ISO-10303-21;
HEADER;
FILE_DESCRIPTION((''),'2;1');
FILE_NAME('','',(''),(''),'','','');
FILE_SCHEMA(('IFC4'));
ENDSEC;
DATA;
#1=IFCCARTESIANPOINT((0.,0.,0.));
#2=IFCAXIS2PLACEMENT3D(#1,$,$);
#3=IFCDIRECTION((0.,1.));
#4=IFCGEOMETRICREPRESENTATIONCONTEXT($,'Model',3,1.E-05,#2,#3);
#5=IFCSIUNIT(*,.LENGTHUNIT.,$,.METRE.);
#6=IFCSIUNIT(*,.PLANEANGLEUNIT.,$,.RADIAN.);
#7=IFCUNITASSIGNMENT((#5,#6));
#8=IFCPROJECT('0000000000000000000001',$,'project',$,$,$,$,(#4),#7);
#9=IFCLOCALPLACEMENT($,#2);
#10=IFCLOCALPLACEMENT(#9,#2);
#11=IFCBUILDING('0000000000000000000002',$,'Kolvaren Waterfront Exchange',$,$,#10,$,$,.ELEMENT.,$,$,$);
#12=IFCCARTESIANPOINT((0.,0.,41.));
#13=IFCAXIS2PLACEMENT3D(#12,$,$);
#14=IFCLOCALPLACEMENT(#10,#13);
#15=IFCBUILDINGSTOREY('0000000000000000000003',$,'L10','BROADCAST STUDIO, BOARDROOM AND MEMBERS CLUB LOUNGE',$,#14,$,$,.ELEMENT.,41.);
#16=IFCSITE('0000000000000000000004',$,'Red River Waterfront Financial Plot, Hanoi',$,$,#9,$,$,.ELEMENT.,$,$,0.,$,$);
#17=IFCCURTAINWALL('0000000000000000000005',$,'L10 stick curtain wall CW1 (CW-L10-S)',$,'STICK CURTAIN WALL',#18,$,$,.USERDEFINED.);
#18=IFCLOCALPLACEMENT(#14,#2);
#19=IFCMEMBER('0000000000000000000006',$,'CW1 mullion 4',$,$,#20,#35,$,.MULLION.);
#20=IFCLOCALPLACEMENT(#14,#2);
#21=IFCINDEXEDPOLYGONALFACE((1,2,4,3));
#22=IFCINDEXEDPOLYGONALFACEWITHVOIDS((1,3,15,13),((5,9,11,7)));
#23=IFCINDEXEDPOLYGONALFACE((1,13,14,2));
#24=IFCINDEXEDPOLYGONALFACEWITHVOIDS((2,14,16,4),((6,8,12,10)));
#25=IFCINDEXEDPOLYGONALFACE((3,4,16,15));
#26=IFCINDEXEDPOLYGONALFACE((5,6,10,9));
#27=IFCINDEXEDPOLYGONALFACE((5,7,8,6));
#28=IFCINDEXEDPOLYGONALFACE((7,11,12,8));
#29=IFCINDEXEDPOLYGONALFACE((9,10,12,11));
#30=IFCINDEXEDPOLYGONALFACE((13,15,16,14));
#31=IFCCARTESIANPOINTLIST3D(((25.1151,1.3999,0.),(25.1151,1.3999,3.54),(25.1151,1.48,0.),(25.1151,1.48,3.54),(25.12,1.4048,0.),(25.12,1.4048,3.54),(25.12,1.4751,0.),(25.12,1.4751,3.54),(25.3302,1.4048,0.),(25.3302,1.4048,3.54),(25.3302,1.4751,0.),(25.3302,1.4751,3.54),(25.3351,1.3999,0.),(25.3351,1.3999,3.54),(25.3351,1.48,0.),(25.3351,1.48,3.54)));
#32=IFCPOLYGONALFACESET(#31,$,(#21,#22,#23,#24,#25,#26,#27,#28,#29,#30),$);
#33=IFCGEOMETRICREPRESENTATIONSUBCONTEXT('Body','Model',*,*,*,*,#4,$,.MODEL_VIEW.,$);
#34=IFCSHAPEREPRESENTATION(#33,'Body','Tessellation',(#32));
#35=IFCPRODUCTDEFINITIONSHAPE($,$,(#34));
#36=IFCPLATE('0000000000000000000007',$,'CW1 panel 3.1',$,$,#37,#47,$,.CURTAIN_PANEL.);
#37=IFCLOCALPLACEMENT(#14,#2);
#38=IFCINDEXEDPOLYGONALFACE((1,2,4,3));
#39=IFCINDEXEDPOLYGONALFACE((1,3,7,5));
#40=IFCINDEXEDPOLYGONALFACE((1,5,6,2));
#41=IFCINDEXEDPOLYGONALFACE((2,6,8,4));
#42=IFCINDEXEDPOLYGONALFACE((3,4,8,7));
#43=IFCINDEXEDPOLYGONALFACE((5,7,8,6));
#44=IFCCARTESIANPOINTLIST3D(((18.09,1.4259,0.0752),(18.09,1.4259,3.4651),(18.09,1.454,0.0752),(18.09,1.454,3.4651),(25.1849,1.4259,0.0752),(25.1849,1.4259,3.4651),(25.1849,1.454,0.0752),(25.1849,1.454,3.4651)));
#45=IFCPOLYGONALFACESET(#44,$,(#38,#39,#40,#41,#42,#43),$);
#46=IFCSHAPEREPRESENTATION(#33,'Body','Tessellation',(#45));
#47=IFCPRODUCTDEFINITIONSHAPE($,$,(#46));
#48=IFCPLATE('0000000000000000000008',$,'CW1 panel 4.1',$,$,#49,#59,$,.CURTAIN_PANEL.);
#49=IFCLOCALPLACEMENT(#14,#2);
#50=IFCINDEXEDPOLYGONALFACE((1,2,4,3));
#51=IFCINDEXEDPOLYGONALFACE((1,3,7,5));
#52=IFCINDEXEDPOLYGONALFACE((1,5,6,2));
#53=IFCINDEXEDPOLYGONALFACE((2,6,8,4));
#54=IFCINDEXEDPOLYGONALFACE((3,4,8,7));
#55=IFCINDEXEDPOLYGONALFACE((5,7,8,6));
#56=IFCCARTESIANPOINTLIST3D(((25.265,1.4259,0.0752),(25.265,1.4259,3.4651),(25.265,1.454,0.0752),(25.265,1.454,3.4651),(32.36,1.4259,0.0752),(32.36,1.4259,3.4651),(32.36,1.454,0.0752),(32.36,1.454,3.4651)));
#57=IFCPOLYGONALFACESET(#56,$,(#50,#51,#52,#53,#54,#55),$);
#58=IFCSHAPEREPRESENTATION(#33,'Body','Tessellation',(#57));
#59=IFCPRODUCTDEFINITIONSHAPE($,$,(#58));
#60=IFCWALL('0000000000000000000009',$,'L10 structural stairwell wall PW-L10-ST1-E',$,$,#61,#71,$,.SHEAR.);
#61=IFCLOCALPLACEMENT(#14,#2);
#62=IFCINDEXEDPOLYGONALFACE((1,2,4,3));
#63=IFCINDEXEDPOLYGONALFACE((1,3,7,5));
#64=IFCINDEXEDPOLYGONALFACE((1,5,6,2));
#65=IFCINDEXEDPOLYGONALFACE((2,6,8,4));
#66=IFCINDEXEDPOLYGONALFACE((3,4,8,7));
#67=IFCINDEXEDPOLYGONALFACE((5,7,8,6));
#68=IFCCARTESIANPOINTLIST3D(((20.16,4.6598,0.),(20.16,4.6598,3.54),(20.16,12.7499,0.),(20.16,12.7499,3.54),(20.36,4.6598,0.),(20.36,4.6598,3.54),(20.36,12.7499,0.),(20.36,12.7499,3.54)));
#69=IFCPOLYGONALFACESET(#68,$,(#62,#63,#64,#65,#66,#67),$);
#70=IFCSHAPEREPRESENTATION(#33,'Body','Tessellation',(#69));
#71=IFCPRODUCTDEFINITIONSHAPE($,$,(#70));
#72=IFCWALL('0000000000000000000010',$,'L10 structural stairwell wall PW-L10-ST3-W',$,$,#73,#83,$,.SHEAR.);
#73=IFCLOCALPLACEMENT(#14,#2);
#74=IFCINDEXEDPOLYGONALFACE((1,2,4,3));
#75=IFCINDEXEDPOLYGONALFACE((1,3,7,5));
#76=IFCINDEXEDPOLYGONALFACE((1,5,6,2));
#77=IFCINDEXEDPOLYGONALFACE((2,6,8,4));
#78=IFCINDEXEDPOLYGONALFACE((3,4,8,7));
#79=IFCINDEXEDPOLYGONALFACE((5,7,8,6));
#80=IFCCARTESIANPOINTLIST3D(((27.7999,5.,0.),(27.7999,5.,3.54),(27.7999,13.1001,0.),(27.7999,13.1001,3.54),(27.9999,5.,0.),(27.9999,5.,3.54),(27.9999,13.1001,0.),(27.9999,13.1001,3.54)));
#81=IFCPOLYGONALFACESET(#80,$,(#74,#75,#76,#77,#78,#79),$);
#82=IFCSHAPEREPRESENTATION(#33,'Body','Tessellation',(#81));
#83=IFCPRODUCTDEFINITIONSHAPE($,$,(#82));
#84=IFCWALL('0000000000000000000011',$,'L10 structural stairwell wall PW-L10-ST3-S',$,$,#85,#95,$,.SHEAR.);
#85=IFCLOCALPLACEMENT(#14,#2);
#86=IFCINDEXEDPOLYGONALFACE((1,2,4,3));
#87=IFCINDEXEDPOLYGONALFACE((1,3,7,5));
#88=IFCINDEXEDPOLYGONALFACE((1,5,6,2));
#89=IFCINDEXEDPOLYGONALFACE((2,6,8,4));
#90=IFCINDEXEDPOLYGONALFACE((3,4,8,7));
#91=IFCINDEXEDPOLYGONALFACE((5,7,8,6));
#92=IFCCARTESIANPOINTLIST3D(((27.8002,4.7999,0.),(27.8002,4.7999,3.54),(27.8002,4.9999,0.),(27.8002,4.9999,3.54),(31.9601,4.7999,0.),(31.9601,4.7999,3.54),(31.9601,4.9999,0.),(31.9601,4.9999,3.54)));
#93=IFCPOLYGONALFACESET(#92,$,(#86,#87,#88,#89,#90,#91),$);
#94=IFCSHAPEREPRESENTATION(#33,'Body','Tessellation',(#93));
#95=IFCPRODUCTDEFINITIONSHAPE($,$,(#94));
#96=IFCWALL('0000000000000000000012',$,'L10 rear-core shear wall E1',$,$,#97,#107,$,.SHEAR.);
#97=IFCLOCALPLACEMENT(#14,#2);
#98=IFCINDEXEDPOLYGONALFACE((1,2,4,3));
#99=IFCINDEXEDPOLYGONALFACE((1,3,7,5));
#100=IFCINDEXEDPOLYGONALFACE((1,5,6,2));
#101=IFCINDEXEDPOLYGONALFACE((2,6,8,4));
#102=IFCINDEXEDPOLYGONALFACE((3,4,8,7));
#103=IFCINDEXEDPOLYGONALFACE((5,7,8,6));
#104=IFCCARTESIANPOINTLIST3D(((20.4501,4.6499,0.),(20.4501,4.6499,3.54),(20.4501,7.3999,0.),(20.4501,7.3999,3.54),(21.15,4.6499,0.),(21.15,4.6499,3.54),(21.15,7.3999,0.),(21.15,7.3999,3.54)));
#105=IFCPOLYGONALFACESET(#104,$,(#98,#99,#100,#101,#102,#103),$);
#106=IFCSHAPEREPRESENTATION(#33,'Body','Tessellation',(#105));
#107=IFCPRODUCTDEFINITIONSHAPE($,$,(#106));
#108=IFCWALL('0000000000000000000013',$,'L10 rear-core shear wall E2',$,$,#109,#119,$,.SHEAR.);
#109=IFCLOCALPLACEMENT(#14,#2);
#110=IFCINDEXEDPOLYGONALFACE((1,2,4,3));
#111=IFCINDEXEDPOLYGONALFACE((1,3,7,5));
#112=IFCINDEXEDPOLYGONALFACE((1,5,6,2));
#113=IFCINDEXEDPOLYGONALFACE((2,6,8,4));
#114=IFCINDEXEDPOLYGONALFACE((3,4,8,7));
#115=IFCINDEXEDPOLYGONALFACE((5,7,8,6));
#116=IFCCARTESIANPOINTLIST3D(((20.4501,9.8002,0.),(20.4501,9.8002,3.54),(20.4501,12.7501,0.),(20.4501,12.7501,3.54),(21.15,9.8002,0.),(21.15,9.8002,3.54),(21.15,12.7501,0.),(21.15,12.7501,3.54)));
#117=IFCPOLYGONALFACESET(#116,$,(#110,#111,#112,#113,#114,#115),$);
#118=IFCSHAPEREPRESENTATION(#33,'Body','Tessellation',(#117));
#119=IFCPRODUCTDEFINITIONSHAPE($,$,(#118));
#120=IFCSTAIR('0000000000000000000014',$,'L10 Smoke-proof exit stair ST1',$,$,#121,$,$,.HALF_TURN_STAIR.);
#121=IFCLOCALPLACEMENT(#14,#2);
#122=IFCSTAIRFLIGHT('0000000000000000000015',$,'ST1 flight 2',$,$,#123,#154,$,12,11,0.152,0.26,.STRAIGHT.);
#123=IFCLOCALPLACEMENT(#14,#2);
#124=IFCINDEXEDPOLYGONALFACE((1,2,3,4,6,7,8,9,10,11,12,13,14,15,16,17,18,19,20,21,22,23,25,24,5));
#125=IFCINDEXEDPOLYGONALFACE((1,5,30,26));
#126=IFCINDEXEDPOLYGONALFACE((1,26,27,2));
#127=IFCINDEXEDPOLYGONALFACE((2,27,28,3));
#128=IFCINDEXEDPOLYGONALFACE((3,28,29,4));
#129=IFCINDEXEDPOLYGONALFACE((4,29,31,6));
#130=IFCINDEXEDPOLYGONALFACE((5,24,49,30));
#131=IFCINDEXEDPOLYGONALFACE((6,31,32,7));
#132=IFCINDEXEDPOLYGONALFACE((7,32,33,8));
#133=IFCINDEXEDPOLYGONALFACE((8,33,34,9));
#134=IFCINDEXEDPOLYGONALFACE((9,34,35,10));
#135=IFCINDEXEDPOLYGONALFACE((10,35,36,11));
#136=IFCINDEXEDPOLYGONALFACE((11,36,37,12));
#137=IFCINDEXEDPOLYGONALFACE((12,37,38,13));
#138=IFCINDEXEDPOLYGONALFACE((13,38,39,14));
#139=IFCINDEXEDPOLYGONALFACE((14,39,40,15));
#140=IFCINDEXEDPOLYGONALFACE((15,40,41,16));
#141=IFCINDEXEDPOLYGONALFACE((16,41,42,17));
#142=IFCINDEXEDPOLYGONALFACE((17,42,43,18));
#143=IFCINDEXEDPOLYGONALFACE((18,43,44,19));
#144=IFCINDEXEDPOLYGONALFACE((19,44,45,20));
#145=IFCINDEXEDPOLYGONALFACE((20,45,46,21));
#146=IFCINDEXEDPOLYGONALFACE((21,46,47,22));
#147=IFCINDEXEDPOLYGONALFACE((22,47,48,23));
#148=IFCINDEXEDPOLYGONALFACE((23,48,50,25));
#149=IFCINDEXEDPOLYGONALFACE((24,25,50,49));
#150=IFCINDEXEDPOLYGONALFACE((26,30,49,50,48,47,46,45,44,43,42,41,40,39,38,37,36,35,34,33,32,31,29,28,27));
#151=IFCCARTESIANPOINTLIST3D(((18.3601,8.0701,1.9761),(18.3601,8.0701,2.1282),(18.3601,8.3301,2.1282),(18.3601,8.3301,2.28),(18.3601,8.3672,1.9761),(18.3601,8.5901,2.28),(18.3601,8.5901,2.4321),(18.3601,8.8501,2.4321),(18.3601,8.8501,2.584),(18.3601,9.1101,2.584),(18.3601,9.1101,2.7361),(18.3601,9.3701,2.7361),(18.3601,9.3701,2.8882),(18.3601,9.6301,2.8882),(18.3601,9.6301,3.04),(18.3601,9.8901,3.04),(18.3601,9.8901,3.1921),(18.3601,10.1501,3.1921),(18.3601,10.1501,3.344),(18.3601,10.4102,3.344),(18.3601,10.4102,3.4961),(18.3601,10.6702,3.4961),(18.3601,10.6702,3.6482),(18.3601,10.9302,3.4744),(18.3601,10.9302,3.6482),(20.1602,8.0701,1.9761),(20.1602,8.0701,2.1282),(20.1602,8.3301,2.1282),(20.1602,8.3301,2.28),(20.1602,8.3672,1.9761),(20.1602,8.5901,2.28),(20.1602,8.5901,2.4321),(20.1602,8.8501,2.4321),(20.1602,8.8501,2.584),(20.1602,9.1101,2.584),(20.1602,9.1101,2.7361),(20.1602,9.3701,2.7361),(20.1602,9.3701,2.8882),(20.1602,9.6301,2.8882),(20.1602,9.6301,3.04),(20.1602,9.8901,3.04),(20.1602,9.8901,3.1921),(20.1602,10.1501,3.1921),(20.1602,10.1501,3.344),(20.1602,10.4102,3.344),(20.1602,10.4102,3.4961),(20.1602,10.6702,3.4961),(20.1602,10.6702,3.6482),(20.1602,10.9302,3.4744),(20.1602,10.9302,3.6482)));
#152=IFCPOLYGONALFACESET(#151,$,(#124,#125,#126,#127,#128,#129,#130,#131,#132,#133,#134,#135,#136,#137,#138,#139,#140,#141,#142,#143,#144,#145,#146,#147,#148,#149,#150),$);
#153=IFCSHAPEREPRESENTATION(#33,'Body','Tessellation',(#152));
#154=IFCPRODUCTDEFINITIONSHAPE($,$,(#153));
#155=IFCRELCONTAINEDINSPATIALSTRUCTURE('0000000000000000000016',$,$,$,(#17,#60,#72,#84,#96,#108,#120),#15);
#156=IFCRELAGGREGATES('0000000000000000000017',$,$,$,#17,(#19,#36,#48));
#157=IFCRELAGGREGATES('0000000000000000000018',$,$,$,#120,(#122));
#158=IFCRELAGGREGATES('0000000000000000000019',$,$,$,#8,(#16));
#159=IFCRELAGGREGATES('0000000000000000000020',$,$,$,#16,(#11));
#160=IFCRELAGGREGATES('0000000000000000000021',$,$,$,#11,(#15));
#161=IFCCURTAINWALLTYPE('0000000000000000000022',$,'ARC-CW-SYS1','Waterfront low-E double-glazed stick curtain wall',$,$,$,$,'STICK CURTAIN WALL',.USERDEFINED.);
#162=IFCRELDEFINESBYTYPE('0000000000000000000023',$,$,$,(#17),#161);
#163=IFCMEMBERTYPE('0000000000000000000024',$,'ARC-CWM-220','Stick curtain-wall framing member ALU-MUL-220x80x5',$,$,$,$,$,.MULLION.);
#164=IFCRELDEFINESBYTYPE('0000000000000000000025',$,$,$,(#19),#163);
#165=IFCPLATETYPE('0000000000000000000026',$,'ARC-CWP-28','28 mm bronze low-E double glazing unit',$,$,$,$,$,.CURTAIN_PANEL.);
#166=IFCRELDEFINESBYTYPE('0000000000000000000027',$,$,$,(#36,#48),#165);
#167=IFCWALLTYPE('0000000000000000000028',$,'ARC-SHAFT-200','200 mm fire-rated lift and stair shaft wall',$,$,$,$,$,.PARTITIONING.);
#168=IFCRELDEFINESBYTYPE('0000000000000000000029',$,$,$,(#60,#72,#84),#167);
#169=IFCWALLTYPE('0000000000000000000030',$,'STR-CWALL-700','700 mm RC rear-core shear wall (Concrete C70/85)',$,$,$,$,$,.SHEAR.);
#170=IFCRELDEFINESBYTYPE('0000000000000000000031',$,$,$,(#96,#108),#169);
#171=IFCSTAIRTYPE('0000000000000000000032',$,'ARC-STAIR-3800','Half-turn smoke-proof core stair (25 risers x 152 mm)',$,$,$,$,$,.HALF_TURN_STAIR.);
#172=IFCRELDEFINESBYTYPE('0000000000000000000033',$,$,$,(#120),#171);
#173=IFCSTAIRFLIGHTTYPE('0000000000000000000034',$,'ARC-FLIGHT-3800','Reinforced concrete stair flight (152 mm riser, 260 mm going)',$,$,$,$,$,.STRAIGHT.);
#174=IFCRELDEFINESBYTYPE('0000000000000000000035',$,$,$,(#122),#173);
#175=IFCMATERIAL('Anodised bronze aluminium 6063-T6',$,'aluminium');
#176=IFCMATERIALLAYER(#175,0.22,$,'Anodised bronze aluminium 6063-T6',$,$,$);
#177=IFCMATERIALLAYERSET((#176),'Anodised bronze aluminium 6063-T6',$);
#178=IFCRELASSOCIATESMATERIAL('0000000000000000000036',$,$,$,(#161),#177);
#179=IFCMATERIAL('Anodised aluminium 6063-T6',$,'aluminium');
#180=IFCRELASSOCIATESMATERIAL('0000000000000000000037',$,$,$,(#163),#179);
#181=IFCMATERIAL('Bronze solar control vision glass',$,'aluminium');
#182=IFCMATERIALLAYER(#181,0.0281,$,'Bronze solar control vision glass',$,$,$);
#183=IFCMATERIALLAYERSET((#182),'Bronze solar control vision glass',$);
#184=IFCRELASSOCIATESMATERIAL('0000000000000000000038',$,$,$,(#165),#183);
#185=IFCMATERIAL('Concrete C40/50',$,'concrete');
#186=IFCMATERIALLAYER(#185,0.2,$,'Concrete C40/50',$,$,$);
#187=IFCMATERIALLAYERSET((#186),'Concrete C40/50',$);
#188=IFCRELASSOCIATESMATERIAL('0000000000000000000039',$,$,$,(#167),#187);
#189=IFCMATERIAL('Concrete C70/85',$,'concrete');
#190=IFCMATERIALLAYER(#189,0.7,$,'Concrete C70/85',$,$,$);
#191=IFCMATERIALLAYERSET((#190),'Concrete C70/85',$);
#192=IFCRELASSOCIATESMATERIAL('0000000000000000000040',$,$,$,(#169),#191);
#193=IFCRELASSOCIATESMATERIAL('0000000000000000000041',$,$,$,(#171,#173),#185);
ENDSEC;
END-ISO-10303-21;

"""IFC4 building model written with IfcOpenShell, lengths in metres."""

from ifc_helpers import new_model, si_unit, direction, frame, frame_2d, origin, origin_with_axes, origin_2d, place, context, subcontext, project, spatial, polyline, rectangle, hollow_rectangle, outline, extrude, source, transform, mapped, material, layer, layer_set, material_profile, profile_set, type_object, element, aggregate, save


model = new_model("IFC4")

# Units and contexts
model_context = context("Model", 3, precision=1e-05, world=origin(), true_north=direction((0.0, 1.0)))
body_context = subcontext(model_context, "Body", "Model", "MODEL_VIEW")
ifc_project = project(units=[si_unit("LENGTHUNIT", "METRE"), si_unit("PLANEANGLEUNIT", "RADIAN")], contexts=[model_context])

# Site, building, storey
site_placement = place(None, origin())
site = spatial("IfcSite", under=ifc_project, at=site_placement, Name="Red River Waterfront Financial Plot, Hanoi", CompositionType="ELEMENT", RefElevation=0.0)
building_placement = place(site_placement, origin())
building = spatial("IfcBuilding", under=site, at=building_placement, Name="Kolvaren Waterfront Exchange", CompositionType="ELEMENT")
storey_placement = place(building_placement, frame((0.0, 0.0, 41.0)))
storey = spatial("IfcBuildingStorey", under=building, at=storey_placement, Name="L10", Description="BROADCAST STUDIO, BOARDROOM AND MEMBERS CLUB LOUNGE", CompositionType="ELEMENT", Elevation=41.0)

# Shared definitions
ifc_material_1 = material(Name="Concrete C70/85", Category="concrete")

# Curtain wall, member, plates
ifc_material_2 = material(Name="Anodised bronze aluminium 6063-T6", Category="aluminium")
ifc_layer_1 = layer(ifc_material_2, 0.22, Name="Anodised bronze aluminium 6063-T6")
ifc_layer_set_1 = layer_set([ifc_layer_1], Name="Anodised bronze aluminium 6063-T6")
curtain_wall_type = type_object("IfcCurtainWallType", Name="ARC-CW-SYS1", Description="Waterfront low-E double-glazed stick curtain wall", ElementType="STICK CURTAIN WALL", PredefinedType="USERDEFINED", material=ifc_layer_set_1)
curtain_wall_placement = place(storey_placement, origin())
curtain_wall = element("IfcCurtainWall", 1, at=curtain_wall_placement, inside=storey, type_object=curtain_wall_type, Name="L10 stick curtain wall CW1 (CW-L10-S)", ObjectType="STICK CURTAIN WALL", PredefinedType="USERDEFINED")
ifc_material_3 = material(Name="Anodised aluminium 6063-T6", Category="aluminium")
ifc_material_profile_1 = material_profile(ifc_material_3, hollow_rectangle(XDim=0.0801, YDim=0.22, WallThickness=0.0049, at=origin_2d()), Name="ALU-MUL-220x80x5")
ifc_profile_set_1 = profile_set([ifc_material_profile_1], Name="Anodised aluminium 6063-T6")
member_type_1 = type_object("IfcMemberType", Name="ARC-CWM-220", Description="Stick curtain-wall framing member ALU-MUL-220x80x5", PredefinedType="MULLION", material=ifc_profile_set_1)
shared_shape_1 = source(origin_with_axes(), body_context, "Body", "SweptSolid", [
    extrude(hollow_rectangle(XDim=0.0801, YDim=0.22, WallThickness=0.0049, at=origin_2d()), origin(), (0.0, 0.0, 1.0), 3.54),
])
member_1_placement = place(storey_placement, frame((25.2251, 1.4399, 0.0), z_axis=(0.0, 0.0, 1.0), x_axis=(0.0, 1.0, 0.0)))
member_1 = element("IfcMember", 2, at=member_1_placement, type_object=member_type_1, Name="CW1 mullion 4", PredefinedType="MULLION", context=body_context, shape_type="MappedRepresentation", body=[
    mapped(shared_shape_1, transform((0.0, 0.0, 0.0), x_axis=(1.0, 0.0, 0.0), y_axis=(0.0, 1.0, 0.0), z_axis=(0.0, 0.0, 1.0), scale=1.0)),
])
ifc_material_4 = material(Name="Bronze solar control vision glass", Category="aluminium")
ifc_layer_2 = layer(ifc_material_4, 0.0281, Name="Bronze solar control vision glass")
ifc_layer_set_2 = layer_set([ifc_layer_2], Name="Bronze solar control vision glass")
plate_type = type_object("IfcPlateType", Name="ARC-CWP-28", Description="28 mm bronze low-E double glazing unit", PredefinedType="CURTAIN_PANEL", material=ifc_layer_set_2)
shared_shape_2 = source(origin_with_axes(), body_context, "Body", "SweptSolid", [
    extrude(rectangle(XDim=7.095, YDim=0.0281, at=origin_2d()), origin(), (0.0, 0.0, 1.0), 3.3899),
])
plate_1_placement = place(storey_placement, frame((21.6375, 1.4399, 0.0752), z_axis=(0.0, 0.0, 1.0), x_axis=(1.0, 0.0, 0.0)))
plate_1 = element("IfcPlate", 3, at=plate_1_placement, type_object=plate_type, Name="CW1 panel 3.1", PredefinedType="CURTAIN_PANEL", context=body_context, shape_type="MappedRepresentation", body=[
    mapped(shared_shape_2, transform((0.0, 0.0, 0.0), x_axis=(1.0, 0.0, 0.0), y_axis=(0.0, 1.0, 0.0), z_axis=(0.0, 0.0, 1.0), scale=1.0)),
])
plate_2_placement = place(storey_placement, frame((28.8125, 1.4399, 0.0752), z_axis=(0.0, 0.0, 1.0), x_axis=(1.0, 0.0, 0.0)))
plate_2 = element("IfcPlate", 4, at=plate_2_placement, type_object=plate_type, Name="CW1 panel 4.1", PredefinedType="CURTAIN_PANEL", context=body_context, shape_type="MappedRepresentation", body=[
    mapped(shared_shape_2, transform((0.0, 0.0, 0.0), x_axis=(1.0, 0.0, 0.0), y_axis=(0.0, 1.0, 0.0), z_axis=(0.0, 0.0, 1.0), scale=1.0)),
])
aggregate(curtain_wall, [member_1, plate_1, plate_2])

# Walls
ifc_material_5 = material(Name="Concrete C40/50", Category="concrete")
ifc_layer_3 = layer(ifc_material_5, 0.2, Name="Concrete C40/50")
ifc_layer_set_3 = layer_set([ifc_layer_3], Name="Concrete C40/50")
wall_type_1 = type_object("IfcWallType", Name="ARC-SHAFT-200", Description="200 mm fire-rated lift and stair shaft wall", PredefinedType="PARTITIONING", material=ifc_layer_set_3)
wall_1_placement = place(storey_placement, frame((20.26, 4.6599, 0.0), z_axis=(0.0, 0.0, 1.0), x_axis=(0.0, 1.0, 0.0)))
element("IfcWall", 5, at=wall_1_placement, inside=storey, type_object=wall_type_1, Name="L10 structural stairwell wall PW-L10-ST1-E", PredefinedType="SHEAR", context=body_context, shape_type="SweptSolid", body=[
    extrude(rectangle(XDim=8.0901, YDim=0.2, at=frame_2d((4.0449, 0.0))), origin(), (0.0, 0.0, 1.0), 3.54),
])
wall_2_placement = place(storey_placement, frame((27.8999, 5.0, 0.0), z_axis=(0.0, 0.0, 1.0), x_axis=(0.0, 1.0, 0.0)))
element("IfcWall", 6, at=wall_2_placement, inside=storey, type_object=wall_type_1, Name="L10 structural stairwell wall PW-L10-ST3-W", PredefinedType="SHEAR", context=body_context, shape_type="SweptSolid", body=[
    extrude(rectangle(XDim=8.1001, YDim=0.2, at=frame_2d((4.05, 0.0))), origin(), (0.0, 0.0, 1.0), 3.54),
])
wall_3_placement = place(storey_placement, frame((27.8, 4.8999, 0.0), z_axis=(0.0, 0.0, 1.0), x_axis=(1.0, 0.0, 0.0)))
element("IfcWall", 7, at=wall_3_placement, inside=storey, type_object=wall_type_1, Name="L10 structural stairwell wall PW-L10-ST3-S", PredefinedType="SHEAR", context=body_context, shape_type="SweptSolid", body=[
    extrude(rectangle(XDim=4.1599, YDim=0.2, at=frame_2d((2.0801, 0.0))), origin(), (0.0, 0.0, 1.0), 3.54),
])
ifc_layer_4 = layer(ifc_material_1, 0.7, Name="Concrete C70/85")
ifc_layer_set_4 = layer_set([ifc_layer_4], Name="Concrete C70/85")
wall_type_2 = type_object("IfcWallType", Name="STR-CWALL-700", Description="700 mm RC rear-core shear wall (Concrete C70/85)", PredefinedType="SHEAR", material=ifc_layer_set_4)
wall_4_placement = place(storey_placement, frame((20.8, 4.6499, 0.0), z_axis=(0.0, 0.0, 1.0), x_axis=(0.0, 1.0, 0.0)))
element("IfcWall", 8, at=wall_4_placement, inside=storey, type_object=wall_type_2, Name="L10 rear-core shear wall E1", PredefinedType="SHEAR", context=body_context, shape_type="SweptSolid", body=[
    extrude(rectangle(XDim=2.75, YDim=0.7, at=frame_2d((1.375, 0.0))), origin(), (0.0, 0.0, 1.0), 3.54),
])
wall_5_placement = place(storey_placement, frame((20.8, 9.8, 0.0), z_axis=(0.0, 0.0, 1.0), x_axis=(0.0, 1.0, 0.0)))
element("IfcWall", 9, at=wall_5_placement, inside=storey, type_object=wall_type_2, Name="L10 rear-core shear wall E2", PredefinedType="SHEAR", context=body_context, shape_type="SweptSolid", body=[
    extrude(rectangle(XDim=2.95, YDim=0.7, at=frame_2d((1.4751, 0.0))), origin(), (0.0, 0.0, 1.0), 3.54),
])

# Stair, stair flight
stair_type = type_object("IfcStairType", Name="ARC-STAIR-3800", Description="Half-turn smoke-proof core stair (25 risers x 152 mm)", PredefinedType="HALF_TURN_STAIR", material=ifc_material_5)
stair_1_placement = place(storey_placement, origin())
stair_1 = element("IfcStair", 10, at=stair_1_placement, inside=storey, type_object=stair_type, Name="L10 Smoke-proof exit stair ST1", PredefinedType="HALF_TURN_STAIR")
stair_flight_type = type_object("IfcStairFlightType", Name="ARC-FLIGHT-3800", Description="Reinforced concrete stair flight (152 mm riser, 260 mm going)", PredefinedType="STRAIGHT", material=ifc_material_5)
stair_flight_1_placement = place(storey_placement, frame((19.26, 8.0701, 1.9761), z_axis=(0.0, 0.0, 1.0), x_axis=(0.0, 1.0, 0.0)))
stair_flight_1 = element("IfcStairFlight", 11, at=stair_flight_1_placement, type_object=stair_flight_type, Name="ST1 flight 2", NumberOfRisers=12, NumberOfTreads=11, PredefinedType="STRAIGHT", RiserHeight=0.152, TreadLength=0.26, context=body_context, shape_type="SweptSolid", body=[
    extrude(outline(polyline([(0.0, 0.0), (0.0, 0.1521), (0.26, 0.1521), (0.26, 0.304), (0.52, 0.304), (0.52, 0.4561), (0.78, 0.4561), (0.78, 0.6079), (1.04, 0.6079), (1.04, 0.76), (1.3, 0.76), (1.3, 0.9121), (1.5601, 0.9121), (1.5601, 1.064), (1.8201, 1.064), (1.8201, 1.2161), (2.0801, 1.2161), (2.0801, 1.3679), (2.3401, 1.3679), (2.3401, 1.52), (2.6001, 1.52), (2.6001, 1.6721), (2.8601, 1.6721), (2.8601, 1.824), (2.8601, 1.4983), (0.2971, 0.0), (0.0, 0.0)])), frame((0.0, 0.8999, 0.0), z_axis=(0.0, -1.0, 0.0), x_axis=(1.0, 0.0, 0.0)), (0.0, 0.0, 1.0), 1.8),
])
aggregate(stair_1, [stair_flight_1])

save(model, "model.ifc")
